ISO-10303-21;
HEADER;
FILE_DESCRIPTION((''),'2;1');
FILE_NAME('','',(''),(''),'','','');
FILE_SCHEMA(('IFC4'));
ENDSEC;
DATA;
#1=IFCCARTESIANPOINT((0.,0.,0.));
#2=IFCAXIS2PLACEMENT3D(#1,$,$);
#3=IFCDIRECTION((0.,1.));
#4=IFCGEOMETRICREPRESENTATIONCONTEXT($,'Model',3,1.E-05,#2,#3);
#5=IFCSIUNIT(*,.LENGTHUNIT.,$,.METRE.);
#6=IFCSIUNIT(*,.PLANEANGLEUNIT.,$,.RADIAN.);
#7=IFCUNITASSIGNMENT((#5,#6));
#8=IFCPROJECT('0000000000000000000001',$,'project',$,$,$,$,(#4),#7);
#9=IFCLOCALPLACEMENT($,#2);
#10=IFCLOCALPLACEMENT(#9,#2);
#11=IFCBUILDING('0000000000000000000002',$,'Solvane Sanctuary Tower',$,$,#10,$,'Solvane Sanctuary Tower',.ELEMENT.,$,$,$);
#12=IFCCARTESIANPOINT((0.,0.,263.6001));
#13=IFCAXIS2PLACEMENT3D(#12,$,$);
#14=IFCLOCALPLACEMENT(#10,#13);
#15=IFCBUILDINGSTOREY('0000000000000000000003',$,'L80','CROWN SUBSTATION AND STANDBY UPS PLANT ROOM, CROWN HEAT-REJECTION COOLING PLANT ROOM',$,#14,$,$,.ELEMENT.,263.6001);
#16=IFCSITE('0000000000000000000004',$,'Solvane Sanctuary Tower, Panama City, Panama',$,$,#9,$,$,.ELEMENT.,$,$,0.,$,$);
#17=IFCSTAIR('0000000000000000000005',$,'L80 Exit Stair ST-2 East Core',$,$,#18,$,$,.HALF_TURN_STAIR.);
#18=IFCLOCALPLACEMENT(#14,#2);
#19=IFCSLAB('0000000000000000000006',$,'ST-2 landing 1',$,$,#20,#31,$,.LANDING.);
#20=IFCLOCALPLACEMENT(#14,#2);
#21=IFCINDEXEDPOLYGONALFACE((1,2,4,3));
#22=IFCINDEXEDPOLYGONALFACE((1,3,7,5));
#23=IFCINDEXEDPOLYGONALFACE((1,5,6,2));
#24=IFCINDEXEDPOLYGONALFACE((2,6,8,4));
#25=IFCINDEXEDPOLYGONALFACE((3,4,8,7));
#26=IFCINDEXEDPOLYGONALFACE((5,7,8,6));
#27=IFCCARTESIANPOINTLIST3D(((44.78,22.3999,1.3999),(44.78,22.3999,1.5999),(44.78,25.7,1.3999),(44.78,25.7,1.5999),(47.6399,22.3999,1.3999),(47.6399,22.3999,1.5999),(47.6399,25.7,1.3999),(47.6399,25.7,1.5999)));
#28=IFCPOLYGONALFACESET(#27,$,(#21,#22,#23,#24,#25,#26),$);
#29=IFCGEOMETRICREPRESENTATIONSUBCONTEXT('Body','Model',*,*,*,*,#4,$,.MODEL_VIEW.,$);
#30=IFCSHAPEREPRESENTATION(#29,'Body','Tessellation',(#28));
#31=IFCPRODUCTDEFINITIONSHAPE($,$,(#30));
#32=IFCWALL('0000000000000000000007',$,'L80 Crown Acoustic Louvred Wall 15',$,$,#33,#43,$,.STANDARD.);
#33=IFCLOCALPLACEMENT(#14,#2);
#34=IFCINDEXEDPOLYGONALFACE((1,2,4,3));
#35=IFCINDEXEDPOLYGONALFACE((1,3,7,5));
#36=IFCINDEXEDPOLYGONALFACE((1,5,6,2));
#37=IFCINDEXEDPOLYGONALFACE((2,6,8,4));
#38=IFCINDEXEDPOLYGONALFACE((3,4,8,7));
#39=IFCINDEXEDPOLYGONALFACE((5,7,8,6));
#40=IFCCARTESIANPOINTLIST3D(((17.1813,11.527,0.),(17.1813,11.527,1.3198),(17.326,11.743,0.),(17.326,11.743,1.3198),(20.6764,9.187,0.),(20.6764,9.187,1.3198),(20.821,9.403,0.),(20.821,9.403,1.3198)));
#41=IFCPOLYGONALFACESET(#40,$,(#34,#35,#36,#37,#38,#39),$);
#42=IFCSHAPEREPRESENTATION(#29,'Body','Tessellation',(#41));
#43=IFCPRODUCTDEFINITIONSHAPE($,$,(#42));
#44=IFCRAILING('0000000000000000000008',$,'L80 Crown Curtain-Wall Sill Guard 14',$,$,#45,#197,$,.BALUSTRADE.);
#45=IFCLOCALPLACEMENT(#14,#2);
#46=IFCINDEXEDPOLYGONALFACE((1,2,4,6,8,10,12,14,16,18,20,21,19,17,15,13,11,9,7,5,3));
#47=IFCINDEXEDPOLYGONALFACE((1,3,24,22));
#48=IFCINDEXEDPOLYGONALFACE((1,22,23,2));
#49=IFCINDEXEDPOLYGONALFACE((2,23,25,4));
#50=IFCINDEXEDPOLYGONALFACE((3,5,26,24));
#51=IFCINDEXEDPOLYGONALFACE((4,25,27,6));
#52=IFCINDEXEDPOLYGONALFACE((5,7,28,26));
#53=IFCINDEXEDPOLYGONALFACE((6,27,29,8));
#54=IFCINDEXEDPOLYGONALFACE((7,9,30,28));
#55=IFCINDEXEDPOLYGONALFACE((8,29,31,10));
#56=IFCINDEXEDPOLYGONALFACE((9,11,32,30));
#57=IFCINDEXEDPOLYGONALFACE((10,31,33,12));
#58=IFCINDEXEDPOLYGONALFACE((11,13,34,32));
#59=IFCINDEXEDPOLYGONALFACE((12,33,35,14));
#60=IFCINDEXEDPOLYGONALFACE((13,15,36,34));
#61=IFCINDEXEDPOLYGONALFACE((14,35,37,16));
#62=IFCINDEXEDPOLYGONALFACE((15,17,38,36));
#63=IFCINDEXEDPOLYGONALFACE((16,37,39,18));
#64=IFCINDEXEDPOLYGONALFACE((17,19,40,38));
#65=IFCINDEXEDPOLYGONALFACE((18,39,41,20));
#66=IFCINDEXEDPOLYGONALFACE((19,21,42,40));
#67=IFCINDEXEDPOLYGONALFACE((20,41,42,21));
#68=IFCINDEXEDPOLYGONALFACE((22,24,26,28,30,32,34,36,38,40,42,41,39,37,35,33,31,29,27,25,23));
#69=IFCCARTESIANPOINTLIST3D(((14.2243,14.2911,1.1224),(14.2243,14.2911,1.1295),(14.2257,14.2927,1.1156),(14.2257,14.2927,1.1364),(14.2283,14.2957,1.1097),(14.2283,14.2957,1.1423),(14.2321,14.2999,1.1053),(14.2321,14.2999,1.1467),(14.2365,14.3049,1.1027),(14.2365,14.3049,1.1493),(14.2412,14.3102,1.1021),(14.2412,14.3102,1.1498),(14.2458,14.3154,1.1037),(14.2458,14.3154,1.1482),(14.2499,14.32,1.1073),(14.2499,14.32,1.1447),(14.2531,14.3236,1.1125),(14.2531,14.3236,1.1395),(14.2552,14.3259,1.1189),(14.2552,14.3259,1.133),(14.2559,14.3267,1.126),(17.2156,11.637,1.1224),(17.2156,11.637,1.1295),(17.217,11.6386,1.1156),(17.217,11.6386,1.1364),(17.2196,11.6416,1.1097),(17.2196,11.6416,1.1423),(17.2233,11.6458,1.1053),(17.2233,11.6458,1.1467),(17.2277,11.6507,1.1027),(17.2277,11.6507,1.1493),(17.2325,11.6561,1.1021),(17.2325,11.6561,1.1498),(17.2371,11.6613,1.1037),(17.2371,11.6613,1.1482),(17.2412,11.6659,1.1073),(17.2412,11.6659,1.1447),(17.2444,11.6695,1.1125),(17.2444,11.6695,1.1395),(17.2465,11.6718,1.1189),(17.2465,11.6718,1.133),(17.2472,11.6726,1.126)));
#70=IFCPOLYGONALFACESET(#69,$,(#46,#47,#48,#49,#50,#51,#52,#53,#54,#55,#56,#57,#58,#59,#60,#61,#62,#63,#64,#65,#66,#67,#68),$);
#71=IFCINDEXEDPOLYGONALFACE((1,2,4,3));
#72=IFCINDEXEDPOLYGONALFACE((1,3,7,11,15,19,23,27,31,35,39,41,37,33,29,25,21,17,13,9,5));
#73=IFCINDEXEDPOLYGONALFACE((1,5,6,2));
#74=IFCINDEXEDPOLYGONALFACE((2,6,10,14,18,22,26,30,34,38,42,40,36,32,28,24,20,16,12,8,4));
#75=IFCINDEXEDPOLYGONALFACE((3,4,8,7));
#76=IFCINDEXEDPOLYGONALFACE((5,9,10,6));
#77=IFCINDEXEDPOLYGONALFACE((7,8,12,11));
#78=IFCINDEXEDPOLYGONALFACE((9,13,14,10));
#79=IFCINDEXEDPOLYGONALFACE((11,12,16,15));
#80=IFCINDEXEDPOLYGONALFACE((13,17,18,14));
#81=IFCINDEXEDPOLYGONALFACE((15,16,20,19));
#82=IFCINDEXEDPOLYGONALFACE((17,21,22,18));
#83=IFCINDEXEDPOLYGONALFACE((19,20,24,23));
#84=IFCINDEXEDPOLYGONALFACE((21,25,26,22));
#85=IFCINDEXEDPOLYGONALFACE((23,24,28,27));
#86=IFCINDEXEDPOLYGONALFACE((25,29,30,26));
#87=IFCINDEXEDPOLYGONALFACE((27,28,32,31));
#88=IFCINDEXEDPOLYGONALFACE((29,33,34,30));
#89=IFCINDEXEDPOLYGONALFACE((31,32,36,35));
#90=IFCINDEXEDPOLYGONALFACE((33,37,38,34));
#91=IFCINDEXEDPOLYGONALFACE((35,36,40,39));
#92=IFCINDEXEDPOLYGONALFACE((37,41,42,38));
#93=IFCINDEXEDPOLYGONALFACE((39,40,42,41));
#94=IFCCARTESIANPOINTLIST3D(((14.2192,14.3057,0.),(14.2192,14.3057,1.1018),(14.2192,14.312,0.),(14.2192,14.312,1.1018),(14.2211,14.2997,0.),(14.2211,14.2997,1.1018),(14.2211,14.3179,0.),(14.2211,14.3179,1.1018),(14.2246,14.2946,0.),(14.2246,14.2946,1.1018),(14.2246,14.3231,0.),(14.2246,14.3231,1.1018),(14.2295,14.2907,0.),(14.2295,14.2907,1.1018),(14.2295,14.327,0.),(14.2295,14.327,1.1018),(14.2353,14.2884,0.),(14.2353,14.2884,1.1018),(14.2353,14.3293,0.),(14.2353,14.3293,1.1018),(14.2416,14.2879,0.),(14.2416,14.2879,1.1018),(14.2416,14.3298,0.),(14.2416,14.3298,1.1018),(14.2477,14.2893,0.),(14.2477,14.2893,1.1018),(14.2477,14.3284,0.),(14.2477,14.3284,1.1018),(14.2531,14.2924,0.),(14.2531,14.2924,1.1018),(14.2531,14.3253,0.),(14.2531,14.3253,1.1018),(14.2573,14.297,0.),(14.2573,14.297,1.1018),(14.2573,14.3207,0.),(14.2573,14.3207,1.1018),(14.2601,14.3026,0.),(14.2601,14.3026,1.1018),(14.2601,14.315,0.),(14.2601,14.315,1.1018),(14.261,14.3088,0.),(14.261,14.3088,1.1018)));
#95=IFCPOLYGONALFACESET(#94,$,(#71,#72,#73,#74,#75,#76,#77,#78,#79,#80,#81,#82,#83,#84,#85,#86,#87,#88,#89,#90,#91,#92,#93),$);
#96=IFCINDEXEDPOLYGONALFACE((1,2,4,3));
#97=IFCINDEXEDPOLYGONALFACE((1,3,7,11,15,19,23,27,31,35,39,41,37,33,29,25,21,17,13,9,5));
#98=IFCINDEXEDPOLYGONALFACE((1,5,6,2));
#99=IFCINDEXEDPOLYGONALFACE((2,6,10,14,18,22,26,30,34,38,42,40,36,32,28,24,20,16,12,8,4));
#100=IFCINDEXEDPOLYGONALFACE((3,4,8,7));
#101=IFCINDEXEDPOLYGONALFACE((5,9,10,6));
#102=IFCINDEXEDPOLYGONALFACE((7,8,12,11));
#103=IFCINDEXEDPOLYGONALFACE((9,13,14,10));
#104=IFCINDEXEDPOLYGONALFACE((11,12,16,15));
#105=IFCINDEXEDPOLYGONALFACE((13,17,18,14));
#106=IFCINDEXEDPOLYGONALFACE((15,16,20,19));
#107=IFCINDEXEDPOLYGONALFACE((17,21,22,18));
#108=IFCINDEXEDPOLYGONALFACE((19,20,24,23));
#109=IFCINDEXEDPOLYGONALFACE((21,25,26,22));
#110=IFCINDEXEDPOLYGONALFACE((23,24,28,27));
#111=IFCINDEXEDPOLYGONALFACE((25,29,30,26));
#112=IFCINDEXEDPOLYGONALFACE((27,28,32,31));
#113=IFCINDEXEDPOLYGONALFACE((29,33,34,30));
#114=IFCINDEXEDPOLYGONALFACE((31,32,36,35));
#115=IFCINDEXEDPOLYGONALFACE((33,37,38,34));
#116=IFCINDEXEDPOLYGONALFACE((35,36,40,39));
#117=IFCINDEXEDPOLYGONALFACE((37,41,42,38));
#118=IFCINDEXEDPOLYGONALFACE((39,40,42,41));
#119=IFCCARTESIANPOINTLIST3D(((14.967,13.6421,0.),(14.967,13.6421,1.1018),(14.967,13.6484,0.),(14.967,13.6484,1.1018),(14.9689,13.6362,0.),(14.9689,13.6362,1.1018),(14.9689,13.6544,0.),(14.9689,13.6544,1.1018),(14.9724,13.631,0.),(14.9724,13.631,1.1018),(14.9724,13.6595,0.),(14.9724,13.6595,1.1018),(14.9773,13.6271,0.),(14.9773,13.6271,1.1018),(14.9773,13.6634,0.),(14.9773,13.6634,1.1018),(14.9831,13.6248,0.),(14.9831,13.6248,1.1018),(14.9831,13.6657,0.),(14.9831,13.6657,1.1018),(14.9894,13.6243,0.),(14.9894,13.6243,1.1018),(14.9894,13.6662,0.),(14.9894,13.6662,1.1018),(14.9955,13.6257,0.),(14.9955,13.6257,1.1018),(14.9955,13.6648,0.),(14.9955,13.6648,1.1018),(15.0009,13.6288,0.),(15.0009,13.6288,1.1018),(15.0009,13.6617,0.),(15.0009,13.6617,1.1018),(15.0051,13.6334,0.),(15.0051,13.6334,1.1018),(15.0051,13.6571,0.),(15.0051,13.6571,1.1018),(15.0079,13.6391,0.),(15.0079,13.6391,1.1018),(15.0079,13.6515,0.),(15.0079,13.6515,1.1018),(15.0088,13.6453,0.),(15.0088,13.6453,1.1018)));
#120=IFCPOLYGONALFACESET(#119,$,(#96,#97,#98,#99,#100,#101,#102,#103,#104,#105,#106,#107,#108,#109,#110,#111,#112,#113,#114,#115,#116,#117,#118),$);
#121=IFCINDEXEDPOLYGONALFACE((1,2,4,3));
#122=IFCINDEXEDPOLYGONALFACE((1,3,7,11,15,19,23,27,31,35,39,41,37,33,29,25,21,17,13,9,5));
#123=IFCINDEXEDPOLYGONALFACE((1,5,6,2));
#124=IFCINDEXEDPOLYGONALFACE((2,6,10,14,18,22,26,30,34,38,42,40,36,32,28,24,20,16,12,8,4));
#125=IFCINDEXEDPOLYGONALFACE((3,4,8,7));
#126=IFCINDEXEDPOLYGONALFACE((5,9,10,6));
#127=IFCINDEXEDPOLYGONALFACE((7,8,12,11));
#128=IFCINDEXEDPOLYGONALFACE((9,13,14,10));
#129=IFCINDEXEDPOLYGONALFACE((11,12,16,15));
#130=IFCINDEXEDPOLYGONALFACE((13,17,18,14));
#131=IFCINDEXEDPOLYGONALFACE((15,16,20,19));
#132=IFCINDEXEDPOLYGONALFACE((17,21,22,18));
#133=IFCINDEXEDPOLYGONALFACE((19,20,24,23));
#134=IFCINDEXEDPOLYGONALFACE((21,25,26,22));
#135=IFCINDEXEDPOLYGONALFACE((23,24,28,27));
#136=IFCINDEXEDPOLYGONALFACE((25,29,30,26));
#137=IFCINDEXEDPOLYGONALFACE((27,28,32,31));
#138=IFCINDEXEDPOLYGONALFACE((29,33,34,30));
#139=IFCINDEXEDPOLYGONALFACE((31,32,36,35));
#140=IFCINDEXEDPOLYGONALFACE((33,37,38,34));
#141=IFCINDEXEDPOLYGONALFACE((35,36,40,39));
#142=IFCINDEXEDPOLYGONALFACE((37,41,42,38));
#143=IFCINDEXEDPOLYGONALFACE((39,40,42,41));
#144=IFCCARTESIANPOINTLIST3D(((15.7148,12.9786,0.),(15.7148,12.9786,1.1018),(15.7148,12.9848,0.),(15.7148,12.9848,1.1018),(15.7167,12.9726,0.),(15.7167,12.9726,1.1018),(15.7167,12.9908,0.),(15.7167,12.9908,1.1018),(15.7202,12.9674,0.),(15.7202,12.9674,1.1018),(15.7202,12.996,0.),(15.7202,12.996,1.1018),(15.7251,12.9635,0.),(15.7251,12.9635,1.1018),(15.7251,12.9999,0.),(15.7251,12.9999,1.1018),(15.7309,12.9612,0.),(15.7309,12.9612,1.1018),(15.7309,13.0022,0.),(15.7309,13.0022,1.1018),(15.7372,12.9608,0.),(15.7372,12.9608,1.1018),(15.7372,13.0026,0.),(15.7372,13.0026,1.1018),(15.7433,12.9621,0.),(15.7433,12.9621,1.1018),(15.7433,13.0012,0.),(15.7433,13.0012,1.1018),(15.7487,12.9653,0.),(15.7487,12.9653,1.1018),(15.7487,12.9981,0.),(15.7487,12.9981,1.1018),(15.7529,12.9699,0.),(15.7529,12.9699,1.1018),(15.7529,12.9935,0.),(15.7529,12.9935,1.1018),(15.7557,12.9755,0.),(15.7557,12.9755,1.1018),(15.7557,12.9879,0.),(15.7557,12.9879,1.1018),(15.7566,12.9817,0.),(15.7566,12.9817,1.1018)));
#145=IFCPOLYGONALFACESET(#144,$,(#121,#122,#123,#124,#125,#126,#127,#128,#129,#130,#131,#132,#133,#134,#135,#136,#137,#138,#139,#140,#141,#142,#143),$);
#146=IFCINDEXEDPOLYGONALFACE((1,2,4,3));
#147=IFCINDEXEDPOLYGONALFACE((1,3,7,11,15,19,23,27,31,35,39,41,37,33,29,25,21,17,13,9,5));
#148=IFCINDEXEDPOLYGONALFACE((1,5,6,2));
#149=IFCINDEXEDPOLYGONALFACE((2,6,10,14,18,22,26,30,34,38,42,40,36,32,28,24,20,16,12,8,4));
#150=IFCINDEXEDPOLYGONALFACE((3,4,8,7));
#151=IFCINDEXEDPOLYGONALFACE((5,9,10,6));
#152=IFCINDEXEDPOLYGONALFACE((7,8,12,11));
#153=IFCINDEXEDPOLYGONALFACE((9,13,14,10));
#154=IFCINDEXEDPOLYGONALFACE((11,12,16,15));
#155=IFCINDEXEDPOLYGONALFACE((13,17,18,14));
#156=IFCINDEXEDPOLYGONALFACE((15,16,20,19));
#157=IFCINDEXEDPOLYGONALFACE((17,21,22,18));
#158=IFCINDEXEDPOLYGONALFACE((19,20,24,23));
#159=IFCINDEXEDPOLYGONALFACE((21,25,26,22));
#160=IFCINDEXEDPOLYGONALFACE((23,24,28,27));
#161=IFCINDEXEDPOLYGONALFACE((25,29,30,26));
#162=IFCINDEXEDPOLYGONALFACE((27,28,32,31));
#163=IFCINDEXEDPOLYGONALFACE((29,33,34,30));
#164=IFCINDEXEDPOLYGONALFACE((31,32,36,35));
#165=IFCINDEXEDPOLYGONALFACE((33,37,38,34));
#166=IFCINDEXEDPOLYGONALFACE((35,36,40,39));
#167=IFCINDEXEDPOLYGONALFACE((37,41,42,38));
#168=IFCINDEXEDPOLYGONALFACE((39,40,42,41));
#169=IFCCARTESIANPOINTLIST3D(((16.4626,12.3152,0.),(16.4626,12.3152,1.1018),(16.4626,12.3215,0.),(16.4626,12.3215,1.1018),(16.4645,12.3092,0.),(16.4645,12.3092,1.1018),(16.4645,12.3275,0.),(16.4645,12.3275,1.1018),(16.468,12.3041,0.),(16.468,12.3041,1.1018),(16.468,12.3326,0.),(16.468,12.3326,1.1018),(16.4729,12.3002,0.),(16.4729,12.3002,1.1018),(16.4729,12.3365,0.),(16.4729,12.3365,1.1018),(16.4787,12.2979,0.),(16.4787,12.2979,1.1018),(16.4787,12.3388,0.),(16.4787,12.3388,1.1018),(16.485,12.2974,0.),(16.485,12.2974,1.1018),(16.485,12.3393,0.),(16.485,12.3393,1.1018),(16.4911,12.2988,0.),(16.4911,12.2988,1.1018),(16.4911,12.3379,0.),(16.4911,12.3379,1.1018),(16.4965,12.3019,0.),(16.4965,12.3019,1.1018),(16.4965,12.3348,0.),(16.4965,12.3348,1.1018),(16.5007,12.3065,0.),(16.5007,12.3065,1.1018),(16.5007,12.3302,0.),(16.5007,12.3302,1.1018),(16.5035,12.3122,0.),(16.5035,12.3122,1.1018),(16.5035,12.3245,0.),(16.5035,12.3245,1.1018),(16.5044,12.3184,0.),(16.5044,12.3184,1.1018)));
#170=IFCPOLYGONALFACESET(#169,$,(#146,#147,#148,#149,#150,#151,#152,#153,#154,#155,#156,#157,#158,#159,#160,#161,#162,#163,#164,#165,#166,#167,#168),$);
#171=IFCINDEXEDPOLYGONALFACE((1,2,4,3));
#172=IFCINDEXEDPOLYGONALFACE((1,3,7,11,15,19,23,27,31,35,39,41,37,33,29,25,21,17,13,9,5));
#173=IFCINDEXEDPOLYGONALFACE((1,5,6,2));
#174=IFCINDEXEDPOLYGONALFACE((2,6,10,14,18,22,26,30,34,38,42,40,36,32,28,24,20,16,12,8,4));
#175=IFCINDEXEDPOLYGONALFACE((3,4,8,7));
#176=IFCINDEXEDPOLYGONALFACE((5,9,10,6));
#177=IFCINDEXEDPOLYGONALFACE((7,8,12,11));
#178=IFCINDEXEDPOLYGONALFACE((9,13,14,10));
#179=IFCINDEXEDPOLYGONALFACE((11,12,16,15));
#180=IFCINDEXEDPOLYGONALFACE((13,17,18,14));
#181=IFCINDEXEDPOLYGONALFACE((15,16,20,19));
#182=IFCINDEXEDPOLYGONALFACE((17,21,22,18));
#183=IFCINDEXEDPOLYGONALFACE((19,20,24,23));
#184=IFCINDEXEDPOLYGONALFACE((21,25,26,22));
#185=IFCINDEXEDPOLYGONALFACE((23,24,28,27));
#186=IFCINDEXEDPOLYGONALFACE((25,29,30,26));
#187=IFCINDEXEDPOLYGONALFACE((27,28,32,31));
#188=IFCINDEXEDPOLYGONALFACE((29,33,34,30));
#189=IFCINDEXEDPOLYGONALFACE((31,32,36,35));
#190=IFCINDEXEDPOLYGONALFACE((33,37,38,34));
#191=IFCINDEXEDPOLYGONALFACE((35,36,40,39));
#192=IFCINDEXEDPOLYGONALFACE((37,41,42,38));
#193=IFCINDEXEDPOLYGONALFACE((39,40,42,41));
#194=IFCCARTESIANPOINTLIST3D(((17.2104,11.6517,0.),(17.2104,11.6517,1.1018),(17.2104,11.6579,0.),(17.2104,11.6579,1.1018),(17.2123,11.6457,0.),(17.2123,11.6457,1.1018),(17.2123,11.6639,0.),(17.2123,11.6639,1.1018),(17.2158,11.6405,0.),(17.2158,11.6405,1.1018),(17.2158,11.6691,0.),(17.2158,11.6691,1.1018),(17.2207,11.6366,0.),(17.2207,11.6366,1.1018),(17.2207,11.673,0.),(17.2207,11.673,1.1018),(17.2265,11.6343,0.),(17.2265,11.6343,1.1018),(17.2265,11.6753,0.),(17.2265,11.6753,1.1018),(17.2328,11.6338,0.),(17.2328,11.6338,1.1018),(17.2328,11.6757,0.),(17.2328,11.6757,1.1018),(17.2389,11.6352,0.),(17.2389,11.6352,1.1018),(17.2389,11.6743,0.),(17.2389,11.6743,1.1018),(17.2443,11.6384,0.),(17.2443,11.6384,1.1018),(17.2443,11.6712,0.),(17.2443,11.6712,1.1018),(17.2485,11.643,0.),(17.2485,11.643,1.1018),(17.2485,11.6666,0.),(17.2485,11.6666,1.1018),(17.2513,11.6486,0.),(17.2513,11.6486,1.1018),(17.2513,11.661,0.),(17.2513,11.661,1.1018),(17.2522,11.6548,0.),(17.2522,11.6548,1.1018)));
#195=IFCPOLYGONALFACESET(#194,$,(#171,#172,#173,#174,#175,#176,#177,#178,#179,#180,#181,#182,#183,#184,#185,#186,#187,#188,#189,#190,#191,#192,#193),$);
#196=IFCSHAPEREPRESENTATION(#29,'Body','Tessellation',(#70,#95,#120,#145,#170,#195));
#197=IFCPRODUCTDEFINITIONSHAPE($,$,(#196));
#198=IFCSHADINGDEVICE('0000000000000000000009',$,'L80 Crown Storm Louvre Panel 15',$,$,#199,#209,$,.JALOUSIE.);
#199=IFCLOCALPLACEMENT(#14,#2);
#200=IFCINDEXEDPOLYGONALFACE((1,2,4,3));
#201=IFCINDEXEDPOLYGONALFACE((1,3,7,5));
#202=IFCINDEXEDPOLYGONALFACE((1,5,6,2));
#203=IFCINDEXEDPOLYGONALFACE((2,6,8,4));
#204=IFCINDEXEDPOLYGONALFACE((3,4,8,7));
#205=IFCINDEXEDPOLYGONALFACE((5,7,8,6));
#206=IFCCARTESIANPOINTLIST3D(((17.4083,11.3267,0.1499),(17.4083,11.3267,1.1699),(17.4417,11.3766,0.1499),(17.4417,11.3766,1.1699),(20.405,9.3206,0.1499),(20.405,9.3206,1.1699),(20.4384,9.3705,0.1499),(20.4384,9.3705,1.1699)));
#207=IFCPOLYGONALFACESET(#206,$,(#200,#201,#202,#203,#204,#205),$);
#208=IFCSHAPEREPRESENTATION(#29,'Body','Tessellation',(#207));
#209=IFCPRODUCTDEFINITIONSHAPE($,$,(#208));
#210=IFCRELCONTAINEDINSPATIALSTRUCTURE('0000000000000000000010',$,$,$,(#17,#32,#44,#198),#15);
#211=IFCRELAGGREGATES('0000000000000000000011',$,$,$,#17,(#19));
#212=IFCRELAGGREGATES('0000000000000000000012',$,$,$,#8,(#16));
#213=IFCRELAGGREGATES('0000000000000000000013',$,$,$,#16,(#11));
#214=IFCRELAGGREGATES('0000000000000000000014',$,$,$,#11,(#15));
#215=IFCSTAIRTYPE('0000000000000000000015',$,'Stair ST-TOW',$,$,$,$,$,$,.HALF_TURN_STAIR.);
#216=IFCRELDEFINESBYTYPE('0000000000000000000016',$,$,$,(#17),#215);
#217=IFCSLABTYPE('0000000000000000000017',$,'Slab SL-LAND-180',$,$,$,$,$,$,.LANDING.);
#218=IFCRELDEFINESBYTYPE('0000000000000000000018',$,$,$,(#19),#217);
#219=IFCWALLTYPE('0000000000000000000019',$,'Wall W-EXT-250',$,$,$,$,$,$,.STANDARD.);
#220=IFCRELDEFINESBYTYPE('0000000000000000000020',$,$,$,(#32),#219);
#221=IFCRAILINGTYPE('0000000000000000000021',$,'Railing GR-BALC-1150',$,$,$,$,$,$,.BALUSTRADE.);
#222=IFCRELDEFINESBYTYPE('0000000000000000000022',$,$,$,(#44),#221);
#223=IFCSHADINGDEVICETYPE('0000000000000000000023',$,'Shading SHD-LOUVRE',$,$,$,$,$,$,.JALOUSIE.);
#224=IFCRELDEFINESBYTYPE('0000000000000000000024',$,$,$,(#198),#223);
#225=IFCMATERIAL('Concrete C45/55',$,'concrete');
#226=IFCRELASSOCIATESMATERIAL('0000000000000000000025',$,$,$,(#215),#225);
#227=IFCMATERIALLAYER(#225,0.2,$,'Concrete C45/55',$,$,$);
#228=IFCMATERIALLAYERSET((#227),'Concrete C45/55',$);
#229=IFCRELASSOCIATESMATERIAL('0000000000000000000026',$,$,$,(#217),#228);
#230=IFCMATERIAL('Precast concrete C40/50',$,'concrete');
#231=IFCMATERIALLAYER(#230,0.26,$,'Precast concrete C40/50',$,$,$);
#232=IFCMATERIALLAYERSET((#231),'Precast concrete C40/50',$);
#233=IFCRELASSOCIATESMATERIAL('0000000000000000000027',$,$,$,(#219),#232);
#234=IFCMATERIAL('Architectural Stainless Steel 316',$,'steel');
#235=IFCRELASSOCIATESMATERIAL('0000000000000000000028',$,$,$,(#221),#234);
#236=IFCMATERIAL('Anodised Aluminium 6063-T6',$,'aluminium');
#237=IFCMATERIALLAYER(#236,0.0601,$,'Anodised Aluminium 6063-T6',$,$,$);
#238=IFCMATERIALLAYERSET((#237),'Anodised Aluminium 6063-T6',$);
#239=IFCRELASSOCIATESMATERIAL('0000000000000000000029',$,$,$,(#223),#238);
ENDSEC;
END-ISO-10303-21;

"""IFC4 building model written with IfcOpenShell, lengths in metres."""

from ifc_helpers import new_model, si_unit, direction, frame, frame_2d, origin, origin_2d, place, context, subcontext, project, spatial, polyline, rectangle, circle, outline, extrude, material, layer, layer_set, type_object, element, aggregate, save


model = new_model("IFC4")

# Units and contexts
model_context = context("Model", 3, precision=1e-05, world=origin(), true_north=direction((0.0, 1.0)))
body_context = subcontext(model_context, "Body", "Model", "MODEL_VIEW")
ifc_project = project(units=[si_unit("LENGTHUNIT", "METRE"), si_unit("PLANEANGLEUNIT", "RADIAN")], contexts=[model_context])

# Site, building, storey
site_placement = place(None, origin())
site = spatial("IfcSite", under=ifc_project, at=site_placement, Name="Solvane Sanctuary Tower, Panama City, Panama", CompositionType="ELEMENT", RefElevation=0.0)
building_placement = place(site_placement, origin())
building = spatial("IfcBuilding", under=site, at=building_placement, Name="Solvane Sanctuary Tower", LongName="Solvane Sanctuary Tower", CompositionType="ELEMENT")
storey_placement = place(building_placement, frame((0.0, 0.0, 263.6001)))
storey = spatial("IfcBuildingStorey", under=building, at=storey_placement, Name="L80", Description="CROWN SUBSTATION AND STANDBY UPS PLANT ROOM, CROWN HEAT-REJECTION COOLING PLANT ROOM", CompositionType="ELEMENT", Elevation=263.6001)

# Shared definitions
ifc_material_1 = material(Name="Anodised Aluminium 6063-T6", Category="aluminium")

# Stair, slab
ifc_material_2 = material(Name="Concrete C45/55", Category="concrete")
stair_type = type_object("IfcStairType", Name="Stair ST-TOW", PredefinedType="HALF_TURN_STAIR", material=ifc_material_2)
ifc_layer_1 = layer(ifc_material_2, 0.2, Name="Concrete C45/55")
ifc_layer_set_1 = layer_set([ifc_layer_1], Name="Concrete C45/55")
slab_type_1 = type_object("IfcSlabType", Name="Slab SL-LAND-180", PredefinedType="LANDING", material=ifc_layer_set_1)
stair_1_placement = place(storey_placement, origin())
stair_1 = element("IfcStair", 1, at=stair_1_placement, inside=storey, type_object=stair_type, Name="L80 Exit Stair ST-2 East Core", PredefinedType="HALF_TURN_STAIR")
slab_1_placement = place(storey_placement, frame((0.0, 0.0, 1.3999)))
slab_1 = element("IfcSlab", 2, at=slab_1_placement, type_object=slab_type_1, Name="ST-2 landing 1", PredefinedType="LANDING", context=body_context, shape_type="SweptSolid", body=[
    extrude(outline(polyline([(47.6399, 22.3999), (47.6399, 25.7), (44.78, 25.7), (44.78, 22.3999), (47.6399, 22.3999)])), origin(), (0.0, 0.0, 1.0), 0.2),
])
aggregate(stair_1, [slab_1])

# Wall
ifc_material_3 = material(Name="Precast concrete C40/50", Category="concrete")
ifc_layer_2 = layer(ifc_material_3, 0.26, Name="Precast concrete C40/50")
ifc_layer_set_2 = layer_set([ifc_layer_2], Name="Precast concrete C40/50")
wall_type = type_object("IfcWallType", Name="Wall W-EXT-250", PredefinedType="STANDARD", material=ifc_layer_set_2)
wall_placement = place(storey_placement, frame((17.2537, 11.635, 0.0), z_axis=(0.0, 0.0, 1.0), x_axis=(0.83095, -0.556347, 0.0)))
element("IfcWall", 3, at=wall_placement, inside=storey, type_object=wall_type, Name="L80 Crown Acoustic Louvred Wall 15", PredefinedType="STANDARD", context=body_context, shape_type="SweptSolid", body=[
    extrude(rectangle(XDim=4.2061, YDim=0.26, at=frame_2d((2.103, 0.0))), origin(), (0.0, 0.0, 1.0), 1.3198),
])

# Railing
ifc_material_4 = material(Name="Architectural Stainless Steel 316", Category="steel")
railing_type = type_object("IfcRailingType", Name="Railing GR-BALC-1150", PredefinedType="BALUSTRADE", material=ifc_material_4)
railing_1_placement = place(storey_placement, frame((14.24, 14.3088, 0.0)))
element("IfcRailing", 4, at=railing_1_placement, inside=storey, type_object=railing_type, Name="L80 Crown Curtain-Wall Sill Guard 14", PredefinedType="BALUSTRADE", context=body_context, shape_type="SweptSolid", body=[
    extrude(circle(Radius=0.0239, at=origin_2d()), frame((0.0, 0.0, 1.126), z_axis=(0.748005, -0.663693, 0.0), x_axis=(0.663693, 0.748005, 0.0)), (0.0, 0.0, 1.0), 3.999),
    extrude(circle(Radius=0.021, at=origin_2d()), origin(), (0.0, 0.0, 1.0), 1.1018),
    extrude(circle(Radius=0.021, at=origin_2d()), frame((0.7478, -0.6636, 0.0)), (0.0, 0.0, 1.0), 1.1018),
    extrude(circle(Radius=0.021, at=origin_2d()), frame((1.4956, -1.3271, 0.0)), (0.0, 0.0, 1.0), 1.1018),
    extrude(circle(Radius=0.021, at=origin_2d()), frame((2.2434, -1.9905, 0.0)), (0.0, 0.0, 1.0), 1.1018),
    extrude(circle(Radius=0.021, at=origin_2d()), frame((2.9912, -2.6541, 0.0)), (0.0, 0.0, 1.0), 1.1018),
])

# Shading device
ifc_layer_3 = layer(ifc_material_1, 0.0601, Name="Anodised Aluminium 6063-T6")
ifc_layer_set_3 = layer_set([ifc_layer_3], Name="Anodised Aluminium 6063-T6")
shading_device_type = type_object("IfcShadingDeviceType", Name="Shading SHD-LOUVRE", PredefinedType="JALOUSIE", material=ifc_layer_set_3)
shading_device_placement = place(storey_placement, frame((18.9233, 10.3486, 0.1499), z_axis=(0.0, 0.0, 1.0), x_axis=(0.830984, -0.556296, 0.0)))
element("IfcShadingDevice", 5, at=shading_device_placement, inside=storey, type_object=shading_device_type, Name="L80 Crown Storm Louvre Panel 15", PredefinedType="JALOUSIE", context=body_context, shape_type="SweptSolid", body=[
    extrude(rectangle(XDim=3.6062, YDim=0.0601, at=origin_2d()), origin(), (0.0, 0.0, 1.0), 1.02),
])

save(model, "model.ifc")
